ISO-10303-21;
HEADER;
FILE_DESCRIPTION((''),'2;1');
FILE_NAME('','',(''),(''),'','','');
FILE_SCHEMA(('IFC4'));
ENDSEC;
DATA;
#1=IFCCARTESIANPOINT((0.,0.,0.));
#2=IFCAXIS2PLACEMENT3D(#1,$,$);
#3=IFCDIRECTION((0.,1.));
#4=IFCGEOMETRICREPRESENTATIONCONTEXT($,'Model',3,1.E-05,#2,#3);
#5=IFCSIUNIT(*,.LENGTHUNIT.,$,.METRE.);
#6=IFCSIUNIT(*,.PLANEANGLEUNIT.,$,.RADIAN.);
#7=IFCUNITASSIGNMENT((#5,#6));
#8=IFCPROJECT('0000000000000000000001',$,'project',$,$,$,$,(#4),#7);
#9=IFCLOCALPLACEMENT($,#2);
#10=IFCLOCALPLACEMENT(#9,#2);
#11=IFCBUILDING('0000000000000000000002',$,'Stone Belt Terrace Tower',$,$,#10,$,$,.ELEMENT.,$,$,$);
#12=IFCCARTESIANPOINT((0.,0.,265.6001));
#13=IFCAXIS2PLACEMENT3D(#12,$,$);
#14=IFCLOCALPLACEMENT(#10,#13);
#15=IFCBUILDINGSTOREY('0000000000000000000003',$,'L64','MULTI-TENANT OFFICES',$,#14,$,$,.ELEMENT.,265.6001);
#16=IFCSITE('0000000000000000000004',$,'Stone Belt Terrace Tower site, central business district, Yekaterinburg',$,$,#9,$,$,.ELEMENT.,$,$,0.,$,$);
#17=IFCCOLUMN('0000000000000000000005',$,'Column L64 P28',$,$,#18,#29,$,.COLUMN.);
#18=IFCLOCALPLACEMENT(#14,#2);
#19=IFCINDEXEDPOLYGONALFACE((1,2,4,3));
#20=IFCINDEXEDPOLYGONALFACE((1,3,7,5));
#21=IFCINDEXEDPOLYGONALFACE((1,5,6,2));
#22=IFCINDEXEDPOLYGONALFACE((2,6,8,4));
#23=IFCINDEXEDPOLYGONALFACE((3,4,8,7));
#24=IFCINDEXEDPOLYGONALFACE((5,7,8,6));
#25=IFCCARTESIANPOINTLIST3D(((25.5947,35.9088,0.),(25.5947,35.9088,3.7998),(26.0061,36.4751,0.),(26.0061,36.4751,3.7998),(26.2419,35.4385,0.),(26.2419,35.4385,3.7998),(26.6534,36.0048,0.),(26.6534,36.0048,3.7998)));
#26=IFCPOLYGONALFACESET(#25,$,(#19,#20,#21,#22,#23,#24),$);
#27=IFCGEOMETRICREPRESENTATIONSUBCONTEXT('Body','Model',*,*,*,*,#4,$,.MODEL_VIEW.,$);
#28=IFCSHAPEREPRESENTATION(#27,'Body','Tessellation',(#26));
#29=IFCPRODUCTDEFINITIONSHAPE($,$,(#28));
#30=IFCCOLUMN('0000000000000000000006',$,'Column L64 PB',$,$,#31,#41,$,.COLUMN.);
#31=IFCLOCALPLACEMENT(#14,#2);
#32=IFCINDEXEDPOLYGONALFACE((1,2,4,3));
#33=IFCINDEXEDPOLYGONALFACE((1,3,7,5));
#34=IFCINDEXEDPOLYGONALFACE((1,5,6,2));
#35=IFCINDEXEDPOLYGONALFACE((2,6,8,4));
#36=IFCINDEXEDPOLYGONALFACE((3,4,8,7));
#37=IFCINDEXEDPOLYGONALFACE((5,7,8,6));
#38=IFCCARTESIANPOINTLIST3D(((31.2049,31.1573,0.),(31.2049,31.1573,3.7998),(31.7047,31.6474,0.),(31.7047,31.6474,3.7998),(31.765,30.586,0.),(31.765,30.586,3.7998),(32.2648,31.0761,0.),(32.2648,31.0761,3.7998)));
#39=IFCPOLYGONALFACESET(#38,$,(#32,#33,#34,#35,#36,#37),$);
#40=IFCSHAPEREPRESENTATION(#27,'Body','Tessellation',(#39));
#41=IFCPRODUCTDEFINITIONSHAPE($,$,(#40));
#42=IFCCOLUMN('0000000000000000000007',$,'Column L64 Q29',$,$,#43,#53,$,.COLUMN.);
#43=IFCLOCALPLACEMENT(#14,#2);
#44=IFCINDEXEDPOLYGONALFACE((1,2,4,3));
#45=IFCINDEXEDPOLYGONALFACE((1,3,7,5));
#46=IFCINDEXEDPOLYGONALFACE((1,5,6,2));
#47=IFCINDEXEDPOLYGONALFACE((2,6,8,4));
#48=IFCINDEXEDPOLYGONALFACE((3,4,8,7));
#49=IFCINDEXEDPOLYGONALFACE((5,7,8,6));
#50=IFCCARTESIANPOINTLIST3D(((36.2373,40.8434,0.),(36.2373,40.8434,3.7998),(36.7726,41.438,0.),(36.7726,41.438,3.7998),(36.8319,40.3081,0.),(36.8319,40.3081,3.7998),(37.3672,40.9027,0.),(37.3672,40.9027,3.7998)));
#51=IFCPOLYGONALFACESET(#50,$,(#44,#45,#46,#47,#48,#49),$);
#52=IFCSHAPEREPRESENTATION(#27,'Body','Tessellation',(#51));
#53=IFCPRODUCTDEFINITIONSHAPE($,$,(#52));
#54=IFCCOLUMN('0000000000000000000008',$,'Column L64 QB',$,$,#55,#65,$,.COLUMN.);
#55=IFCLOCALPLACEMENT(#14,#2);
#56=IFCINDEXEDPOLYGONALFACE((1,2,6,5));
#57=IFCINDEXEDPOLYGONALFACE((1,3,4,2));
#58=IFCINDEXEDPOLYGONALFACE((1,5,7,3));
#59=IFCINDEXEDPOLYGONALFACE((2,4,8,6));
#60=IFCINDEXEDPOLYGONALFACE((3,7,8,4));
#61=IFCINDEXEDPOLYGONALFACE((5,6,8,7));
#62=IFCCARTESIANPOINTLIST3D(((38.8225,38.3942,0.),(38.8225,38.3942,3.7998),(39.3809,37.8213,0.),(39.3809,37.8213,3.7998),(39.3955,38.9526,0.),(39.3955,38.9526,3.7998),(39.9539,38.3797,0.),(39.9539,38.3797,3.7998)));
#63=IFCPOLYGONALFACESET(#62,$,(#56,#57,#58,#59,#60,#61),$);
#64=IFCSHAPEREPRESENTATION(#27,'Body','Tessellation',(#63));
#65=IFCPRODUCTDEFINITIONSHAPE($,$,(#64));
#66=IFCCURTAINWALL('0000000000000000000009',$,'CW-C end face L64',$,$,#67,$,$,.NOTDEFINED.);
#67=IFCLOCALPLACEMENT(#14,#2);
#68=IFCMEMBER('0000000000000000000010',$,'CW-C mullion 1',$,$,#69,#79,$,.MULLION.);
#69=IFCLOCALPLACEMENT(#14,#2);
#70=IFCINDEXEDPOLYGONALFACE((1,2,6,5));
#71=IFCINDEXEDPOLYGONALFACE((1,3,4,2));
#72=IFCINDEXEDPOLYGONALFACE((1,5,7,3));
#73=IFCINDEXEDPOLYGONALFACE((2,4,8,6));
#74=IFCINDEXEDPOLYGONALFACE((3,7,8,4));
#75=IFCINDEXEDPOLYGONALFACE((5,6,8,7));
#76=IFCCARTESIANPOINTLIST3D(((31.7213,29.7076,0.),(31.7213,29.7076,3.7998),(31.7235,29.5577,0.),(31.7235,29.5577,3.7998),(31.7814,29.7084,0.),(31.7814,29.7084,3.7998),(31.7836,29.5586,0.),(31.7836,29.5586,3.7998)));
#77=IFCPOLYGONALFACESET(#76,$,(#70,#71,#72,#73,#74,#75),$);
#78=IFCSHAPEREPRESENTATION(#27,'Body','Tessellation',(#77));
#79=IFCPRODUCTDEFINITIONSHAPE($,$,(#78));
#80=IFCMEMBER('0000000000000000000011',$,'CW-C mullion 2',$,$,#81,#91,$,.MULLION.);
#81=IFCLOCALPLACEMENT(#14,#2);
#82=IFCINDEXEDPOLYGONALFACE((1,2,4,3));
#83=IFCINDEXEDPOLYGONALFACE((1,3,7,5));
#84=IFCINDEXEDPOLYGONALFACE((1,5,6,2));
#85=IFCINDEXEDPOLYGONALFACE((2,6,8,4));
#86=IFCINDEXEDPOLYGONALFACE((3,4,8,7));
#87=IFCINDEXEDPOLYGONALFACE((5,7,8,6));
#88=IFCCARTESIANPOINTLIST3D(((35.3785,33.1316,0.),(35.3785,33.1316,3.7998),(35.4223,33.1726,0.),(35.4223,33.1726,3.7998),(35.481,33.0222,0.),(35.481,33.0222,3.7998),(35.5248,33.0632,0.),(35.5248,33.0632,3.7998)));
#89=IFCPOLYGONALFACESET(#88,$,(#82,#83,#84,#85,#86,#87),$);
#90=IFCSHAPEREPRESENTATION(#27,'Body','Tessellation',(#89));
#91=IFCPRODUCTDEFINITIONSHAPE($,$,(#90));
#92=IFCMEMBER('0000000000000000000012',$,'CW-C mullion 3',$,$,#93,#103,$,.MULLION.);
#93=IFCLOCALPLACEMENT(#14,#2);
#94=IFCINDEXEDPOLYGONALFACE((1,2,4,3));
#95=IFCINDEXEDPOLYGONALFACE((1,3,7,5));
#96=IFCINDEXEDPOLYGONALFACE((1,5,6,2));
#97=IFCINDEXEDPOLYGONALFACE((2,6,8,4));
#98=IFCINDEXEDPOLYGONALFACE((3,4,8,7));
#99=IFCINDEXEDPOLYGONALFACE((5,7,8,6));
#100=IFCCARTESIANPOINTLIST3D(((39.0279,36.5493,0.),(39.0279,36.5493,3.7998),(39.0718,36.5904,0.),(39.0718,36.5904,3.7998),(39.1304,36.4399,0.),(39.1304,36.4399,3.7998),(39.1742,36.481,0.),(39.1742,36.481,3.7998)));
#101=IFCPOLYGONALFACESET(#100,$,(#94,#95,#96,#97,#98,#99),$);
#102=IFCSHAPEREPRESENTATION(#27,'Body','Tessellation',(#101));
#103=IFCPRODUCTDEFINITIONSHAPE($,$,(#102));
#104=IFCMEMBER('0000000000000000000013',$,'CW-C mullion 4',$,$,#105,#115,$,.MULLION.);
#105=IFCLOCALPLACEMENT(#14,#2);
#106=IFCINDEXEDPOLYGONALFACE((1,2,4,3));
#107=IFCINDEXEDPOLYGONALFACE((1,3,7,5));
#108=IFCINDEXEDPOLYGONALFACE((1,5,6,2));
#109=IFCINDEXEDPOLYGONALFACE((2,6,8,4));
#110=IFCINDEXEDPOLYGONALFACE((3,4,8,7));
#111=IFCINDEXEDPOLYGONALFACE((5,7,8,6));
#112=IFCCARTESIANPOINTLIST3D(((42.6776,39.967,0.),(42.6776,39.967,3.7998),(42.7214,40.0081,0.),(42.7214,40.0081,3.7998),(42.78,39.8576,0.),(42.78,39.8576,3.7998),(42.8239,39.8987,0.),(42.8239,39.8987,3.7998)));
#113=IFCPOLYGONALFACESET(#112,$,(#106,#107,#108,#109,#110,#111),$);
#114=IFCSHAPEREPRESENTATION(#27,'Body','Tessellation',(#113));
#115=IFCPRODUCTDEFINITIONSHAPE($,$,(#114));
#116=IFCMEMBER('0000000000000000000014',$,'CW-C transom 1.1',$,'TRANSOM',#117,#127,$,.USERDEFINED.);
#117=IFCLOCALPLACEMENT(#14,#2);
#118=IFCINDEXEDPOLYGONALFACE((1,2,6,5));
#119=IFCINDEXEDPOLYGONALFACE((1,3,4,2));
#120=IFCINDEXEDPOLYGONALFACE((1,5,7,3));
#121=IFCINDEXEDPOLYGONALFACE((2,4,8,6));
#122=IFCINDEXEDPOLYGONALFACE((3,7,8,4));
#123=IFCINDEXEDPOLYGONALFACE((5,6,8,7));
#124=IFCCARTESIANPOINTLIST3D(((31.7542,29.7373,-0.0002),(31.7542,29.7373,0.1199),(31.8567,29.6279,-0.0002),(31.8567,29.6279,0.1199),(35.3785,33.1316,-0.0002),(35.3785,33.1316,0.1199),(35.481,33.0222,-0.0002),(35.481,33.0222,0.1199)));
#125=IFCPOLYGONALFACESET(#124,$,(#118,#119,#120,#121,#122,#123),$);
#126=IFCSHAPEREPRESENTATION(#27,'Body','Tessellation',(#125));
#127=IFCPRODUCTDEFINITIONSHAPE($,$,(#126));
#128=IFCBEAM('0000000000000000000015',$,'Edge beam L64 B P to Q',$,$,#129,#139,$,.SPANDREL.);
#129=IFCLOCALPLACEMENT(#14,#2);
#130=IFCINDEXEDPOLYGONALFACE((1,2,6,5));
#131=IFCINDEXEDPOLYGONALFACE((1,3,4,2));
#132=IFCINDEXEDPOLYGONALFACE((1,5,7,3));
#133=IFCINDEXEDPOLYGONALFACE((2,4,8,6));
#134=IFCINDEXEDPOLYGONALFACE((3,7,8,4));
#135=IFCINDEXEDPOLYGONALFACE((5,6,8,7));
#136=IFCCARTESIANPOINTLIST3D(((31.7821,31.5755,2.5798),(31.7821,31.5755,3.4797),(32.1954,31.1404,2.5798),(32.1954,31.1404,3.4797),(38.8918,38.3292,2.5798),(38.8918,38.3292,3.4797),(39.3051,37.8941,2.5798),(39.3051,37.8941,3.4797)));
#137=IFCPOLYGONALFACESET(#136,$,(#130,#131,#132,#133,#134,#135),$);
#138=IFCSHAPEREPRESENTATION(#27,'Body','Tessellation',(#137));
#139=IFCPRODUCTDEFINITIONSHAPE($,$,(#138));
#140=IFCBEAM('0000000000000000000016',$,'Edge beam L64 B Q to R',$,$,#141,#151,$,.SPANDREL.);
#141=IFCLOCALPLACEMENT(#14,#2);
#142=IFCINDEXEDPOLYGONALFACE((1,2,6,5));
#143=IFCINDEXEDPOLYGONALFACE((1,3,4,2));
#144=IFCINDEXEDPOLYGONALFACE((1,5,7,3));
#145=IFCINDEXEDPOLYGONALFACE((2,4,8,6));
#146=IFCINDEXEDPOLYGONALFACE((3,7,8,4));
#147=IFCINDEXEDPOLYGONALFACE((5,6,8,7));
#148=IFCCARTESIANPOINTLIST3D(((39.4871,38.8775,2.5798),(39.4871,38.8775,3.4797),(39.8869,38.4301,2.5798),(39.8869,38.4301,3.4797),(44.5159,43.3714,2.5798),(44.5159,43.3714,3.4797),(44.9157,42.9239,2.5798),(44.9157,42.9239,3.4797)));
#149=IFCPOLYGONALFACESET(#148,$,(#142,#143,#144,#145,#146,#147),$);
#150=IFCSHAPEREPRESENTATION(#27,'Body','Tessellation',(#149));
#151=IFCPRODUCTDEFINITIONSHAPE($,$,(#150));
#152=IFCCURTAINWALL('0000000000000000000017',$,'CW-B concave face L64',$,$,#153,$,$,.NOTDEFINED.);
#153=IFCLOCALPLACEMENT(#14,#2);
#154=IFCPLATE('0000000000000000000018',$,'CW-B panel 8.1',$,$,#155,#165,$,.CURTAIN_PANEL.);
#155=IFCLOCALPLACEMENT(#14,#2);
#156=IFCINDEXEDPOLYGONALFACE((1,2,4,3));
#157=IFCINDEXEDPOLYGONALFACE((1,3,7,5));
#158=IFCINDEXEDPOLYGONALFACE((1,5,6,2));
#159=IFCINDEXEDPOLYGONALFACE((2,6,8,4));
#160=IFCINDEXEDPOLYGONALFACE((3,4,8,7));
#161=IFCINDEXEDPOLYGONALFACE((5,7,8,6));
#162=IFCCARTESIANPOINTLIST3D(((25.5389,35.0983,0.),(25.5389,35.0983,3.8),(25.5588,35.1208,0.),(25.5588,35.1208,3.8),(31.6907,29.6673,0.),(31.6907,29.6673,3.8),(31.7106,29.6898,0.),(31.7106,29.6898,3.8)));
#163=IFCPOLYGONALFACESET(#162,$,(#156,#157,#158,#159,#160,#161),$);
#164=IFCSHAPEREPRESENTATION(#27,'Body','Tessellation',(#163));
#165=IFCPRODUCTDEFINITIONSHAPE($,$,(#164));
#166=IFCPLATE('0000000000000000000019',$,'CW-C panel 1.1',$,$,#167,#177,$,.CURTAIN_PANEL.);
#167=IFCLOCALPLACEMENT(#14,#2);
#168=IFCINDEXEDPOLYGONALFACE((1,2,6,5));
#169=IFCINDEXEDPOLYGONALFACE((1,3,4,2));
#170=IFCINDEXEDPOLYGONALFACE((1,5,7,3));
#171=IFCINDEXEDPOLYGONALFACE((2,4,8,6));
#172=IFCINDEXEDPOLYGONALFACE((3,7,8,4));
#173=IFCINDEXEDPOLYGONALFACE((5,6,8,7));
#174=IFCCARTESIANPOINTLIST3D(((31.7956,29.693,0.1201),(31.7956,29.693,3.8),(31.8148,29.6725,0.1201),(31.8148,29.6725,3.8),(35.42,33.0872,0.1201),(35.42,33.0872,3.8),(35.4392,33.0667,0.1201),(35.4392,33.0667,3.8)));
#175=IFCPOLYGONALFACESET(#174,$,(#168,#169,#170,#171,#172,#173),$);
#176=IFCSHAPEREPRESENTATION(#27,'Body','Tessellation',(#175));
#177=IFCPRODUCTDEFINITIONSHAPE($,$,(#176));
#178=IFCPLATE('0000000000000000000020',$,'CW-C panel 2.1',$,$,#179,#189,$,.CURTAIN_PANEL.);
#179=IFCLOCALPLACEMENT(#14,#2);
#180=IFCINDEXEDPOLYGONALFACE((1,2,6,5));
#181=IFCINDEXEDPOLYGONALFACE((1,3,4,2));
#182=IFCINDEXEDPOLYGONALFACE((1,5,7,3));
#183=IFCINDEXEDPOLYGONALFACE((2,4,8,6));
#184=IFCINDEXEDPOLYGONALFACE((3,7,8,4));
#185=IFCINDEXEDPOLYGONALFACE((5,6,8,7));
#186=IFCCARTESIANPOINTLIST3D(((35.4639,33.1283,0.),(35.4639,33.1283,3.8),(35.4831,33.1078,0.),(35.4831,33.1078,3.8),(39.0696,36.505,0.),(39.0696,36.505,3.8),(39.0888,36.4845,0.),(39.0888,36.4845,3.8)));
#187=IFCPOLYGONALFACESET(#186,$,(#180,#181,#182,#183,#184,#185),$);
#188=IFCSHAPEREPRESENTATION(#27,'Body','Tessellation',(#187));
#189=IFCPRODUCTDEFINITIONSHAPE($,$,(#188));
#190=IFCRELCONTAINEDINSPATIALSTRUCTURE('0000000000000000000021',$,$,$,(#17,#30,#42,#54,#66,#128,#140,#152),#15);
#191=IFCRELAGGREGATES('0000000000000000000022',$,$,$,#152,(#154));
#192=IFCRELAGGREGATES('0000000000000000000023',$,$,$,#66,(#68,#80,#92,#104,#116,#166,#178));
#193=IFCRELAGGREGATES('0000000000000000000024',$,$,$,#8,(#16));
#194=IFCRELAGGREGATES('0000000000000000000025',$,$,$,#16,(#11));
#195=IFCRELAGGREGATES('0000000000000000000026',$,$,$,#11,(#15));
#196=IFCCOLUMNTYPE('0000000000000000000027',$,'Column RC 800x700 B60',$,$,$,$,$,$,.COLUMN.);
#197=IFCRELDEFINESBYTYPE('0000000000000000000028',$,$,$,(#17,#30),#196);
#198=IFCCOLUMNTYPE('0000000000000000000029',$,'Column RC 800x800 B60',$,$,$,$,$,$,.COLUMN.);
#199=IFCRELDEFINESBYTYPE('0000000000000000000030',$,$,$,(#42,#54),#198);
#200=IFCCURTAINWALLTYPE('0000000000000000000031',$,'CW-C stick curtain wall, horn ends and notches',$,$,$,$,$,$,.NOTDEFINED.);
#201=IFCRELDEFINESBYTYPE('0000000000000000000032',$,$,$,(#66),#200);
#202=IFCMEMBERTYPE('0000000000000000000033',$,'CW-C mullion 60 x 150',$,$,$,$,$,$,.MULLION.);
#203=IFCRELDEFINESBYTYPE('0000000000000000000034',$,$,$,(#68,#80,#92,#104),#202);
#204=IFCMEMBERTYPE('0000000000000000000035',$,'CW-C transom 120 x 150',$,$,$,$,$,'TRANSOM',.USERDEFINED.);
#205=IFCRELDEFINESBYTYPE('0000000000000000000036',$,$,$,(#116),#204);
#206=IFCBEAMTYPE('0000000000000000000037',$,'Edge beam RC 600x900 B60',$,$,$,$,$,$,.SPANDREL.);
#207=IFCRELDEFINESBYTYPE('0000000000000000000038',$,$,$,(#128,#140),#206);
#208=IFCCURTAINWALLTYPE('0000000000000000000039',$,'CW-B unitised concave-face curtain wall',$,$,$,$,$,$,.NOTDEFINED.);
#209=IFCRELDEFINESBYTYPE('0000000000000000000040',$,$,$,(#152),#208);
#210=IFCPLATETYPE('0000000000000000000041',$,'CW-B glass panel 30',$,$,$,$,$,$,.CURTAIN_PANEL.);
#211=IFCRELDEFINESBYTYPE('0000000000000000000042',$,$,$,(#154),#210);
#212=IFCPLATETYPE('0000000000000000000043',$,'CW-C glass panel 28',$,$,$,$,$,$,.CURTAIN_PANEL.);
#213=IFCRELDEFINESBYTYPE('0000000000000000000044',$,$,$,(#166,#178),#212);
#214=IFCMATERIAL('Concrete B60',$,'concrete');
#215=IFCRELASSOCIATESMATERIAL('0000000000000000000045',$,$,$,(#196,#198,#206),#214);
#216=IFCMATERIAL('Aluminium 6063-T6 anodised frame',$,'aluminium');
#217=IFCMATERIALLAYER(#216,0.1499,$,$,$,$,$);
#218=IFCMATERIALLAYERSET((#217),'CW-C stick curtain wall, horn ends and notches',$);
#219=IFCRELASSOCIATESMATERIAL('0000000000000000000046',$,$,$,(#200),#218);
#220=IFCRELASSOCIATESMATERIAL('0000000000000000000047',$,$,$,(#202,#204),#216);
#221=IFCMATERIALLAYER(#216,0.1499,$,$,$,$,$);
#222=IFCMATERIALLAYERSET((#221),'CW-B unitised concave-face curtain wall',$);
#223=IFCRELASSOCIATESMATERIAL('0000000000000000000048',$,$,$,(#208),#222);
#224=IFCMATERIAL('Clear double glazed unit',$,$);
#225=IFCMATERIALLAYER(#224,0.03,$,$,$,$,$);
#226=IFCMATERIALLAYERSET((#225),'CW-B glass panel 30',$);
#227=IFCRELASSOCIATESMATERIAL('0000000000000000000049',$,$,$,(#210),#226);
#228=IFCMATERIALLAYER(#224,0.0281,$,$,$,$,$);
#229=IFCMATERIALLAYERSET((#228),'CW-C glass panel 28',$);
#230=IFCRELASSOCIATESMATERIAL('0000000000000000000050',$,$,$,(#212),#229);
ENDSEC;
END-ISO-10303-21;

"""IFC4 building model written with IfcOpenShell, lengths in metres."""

from ifc_helpers import new_model, si_unit, direction, frame, origin, origin_2d, place, context, subcontext, project, spatial, rectangle, extrude, material, layer, layer_set, material_profile, profile_set, type_object, element, aggregate, save


model = new_model("IFC4")

# Units and contexts
model_context = context("Model", 3, precision=1e-05, world=origin(), true_north=direction((0.0, 1.0)))
body_context = subcontext(model_context, "Body", "Model", "MODEL_VIEW")
ifc_project = project(units=[si_unit("LENGTHUNIT", "METRE"), si_unit("PLANEANGLEUNIT", "RADIAN")], contexts=[model_context])

# Site, building, storey
site_placement = place(None, origin())
site = spatial("IfcSite", under=ifc_project, at=site_placement, Name="Stone Belt Terrace Tower site, central business district, Yekaterinburg", CompositionType="ELEMENT", RefElevation=0.0)
building_placement = place(site_placement, origin())
building = spatial("IfcBuilding", under=site, at=building_placement, Name="Stone Belt Terrace Tower", CompositionType="ELEMENT")
storey_placement = place(building_placement, frame((0.0, 0.0, 265.6001)))
storey = spatial("IfcBuildingStorey", under=building, at=storey_placement, Name="L64", Description="MULTI-TENANT OFFICES", CompositionType="ELEMENT", Elevation=265.6001)

# Columns
ifc_material_1 = material(Name="Concrete B60", Category="concrete")
ifc_material_profile_1 = material_profile(ifc_material_1, rectangle(XDim=0.8, YDim=0.7, at=origin_2d()), Name="RC 800x700")
ifc_profile_set_1 = profile_set([ifc_material_profile_1], Name="Concrete B60")
column_type_1 = type_object("IfcColumnType", Name="Column RC 800x700 B60", PredefinedType="COLUMN", material=ifc_profile_set_1)
for number, where, z_axis, x_axis, name in (
    (1, (26.124, 35.9568, 0.0), (0.0, 0.0, 1.0), (0.809017, -0.587785, 0.0), "Column L64 P28"),
    (2, (31.7349, 31.1167, 0.0), (0.0, 0.0, 1.0), (0.70012, -0.714026, 0.0), "Column L64 PB"),
):
    element("IfcColumn", number, at=place(storey_placement, frame(where, z_axis=z_axis, x_axis=x_axis)), inside=storey, type_object=column_type_1, Name=name, PredefinedType="COLUMN", context=body_context, shape_type="SweptSolid", body=[
        extrude(rectangle(XDim=0.8, YDim=0.7, at=origin_2d()), origin(), (0.0, 0.0, 1.0), 3.7998),
    ])
ifc_material_profile_2 = material_profile(ifc_material_1, rectangle(XDim=0.8, YDim=0.8, at=origin_2d()), Name="RC 800x800")
ifc_profile_set_2 = profile_set([ifc_material_profile_2], Name="Concrete B60")
column_type_2 = type_object("IfcColumnType", Name="Column RC 800x800 B60", PredefinedType="COLUMN", material=ifc_profile_set_2)
for number, where, z_axis, x_axis, name in (
    (3, (36.8022, 40.873, 0.0), (0.0, 0.0, 1.0), (0.743145, -0.669131, 0.0), "Column L64 Q29"),
    (4, (39.3882, 38.387, 0.0), (0.0, 0.0, 1.0), (0.697944, -0.716152, 0.0), "Column L64 QB"),
):
    element("IfcColumn", number, at=place(storey_placement, frame(where, z_axis=z_axis, x_axis=x_axis)), inside=storey, type_object=column_type_2, Name=name, PredefinedType="COLUMN", context=body_context, shape_type="SweptSolid", body=[
        extrude(rectangle(XDim=0.8, YDim=0.8, at=origin_2d()), origin(), (0.0, 0.0, 1.0), 3.7998),
    ])

# Curtain wall, members
ifc_material_2 = material(Name="Aluminium 6063-T6 anodised frame", Category="aluminium")
ifc_layer_1 = layer(ifc_material_2, 0.1499)
ifc_layer_set_1 = layer_set([ifc_layer_1], Name="CW-C stick curtain wall, horn ends and notches")
curtain_wall_type_1 = type_object("IfcCurtainWallType", Name="CW-C stick curtain wall, horn ends and notches", PredefinedType="NOTDEFINED", material=ifc_layer_set_1)
curtain_wall_1_placement = place(storey_placement, origin())
curtain_wall_1 = element("IfcCurtainWall", 5, at=curtain_wall_1_placement, inside=storey, type_object=curtain_wall_type_1, Name="CW-C end face L64", PredefinedType="NOTDEFINED")
ifc_material_profile_3 = material_profile(ifc_material_2, rectangle(XDim=0.1499, YDim=0.0601, at=origin_2d()), Name="Aluminium 6063-T6 60x150")
ifc_profile_set_3 = profile_set([ifc_material_profile_3], Name="Aluminium 6063-T6 anodised frame")
member_type_1 = type_object("IfcMemberType", Name="CW-C mullion 60 x 150", PredefinedType="MULLION", material=ifc_profile_set_3)
member_1_placement = place(storey_placement, frame((31.7524, 29.6331, 0.0), z_axis=(0.0, 0.0, 1.0), x_axis=(-0.014682, 0.999892, 0.0)))
member_1 = element("IfcMember", 6, at=member_1_placement, type_object=member_type_1, Name="CW-C mullion 1", PredefinedType="MULLION", context=body_context, shape_type="SweptSolid", body=[
    extrude(rectangle(XDim=0.1499, YDim=0.0601, at=origin_2d()), origin(), (0.0, 0.0, 1.0), 3.7998),
])
member_2_placement = place(storey_placement, frame((35.4517, 33.0974, 0.0), z_axis=(0.0, 0.0, 1.0), x_axis=(-0.683549, 0.729904, 0.0)))
member_2 = element("IfcMember", 7, at=member_2_placement, type_object=member_type_1, Name="CW-C mullion 2", PredefinedType="MULLION", context=body_context, shape_type="SweptSolid", body=[
    extrude(rectangle(XDim=0.1499, YDim=0.0601, at=origin_2d()), origin(), (0.0, 0.0, 1.0), 3.7998),
])
member_3_placement = place(storey_placement, frame((39.1011, 36.5151, 0.0), z_axis=(0.0, 0.0, 1.0), x_axis=(-0.683549, 0.729904, 0.0)))
member_3 = element("IfcMember", 8, at=member_3_placement, type_object=member_type_1, Name="CW-C mullion 3", PredefinedType="MULLION", context=body_context, shape_type="SweptSolid", body=[
    extrude(rectangle(XDim=0.1499, YDim=0.0601, at=origin_2d()), origin(), (0.0, 0.0, 1.0), 3.7998),
])
member_4_placement = place(storey_placement, frame((42.7507, 39.9329, 0.0), z_axis=(0.0, 0.0, 1.0), x_axis=(-0.683549, 0.729904, 0.0)))
member_4 = element("IfcMember", 9, at=member_4_placement, type_object=member_type_1, Name="CW-C mullion 4", PredefinedType="MULLION", context=body_context, shape_type="SweptSolid", body=[
    extrude(rectangle(XDim=0.1499, YDim=0.0601, at=origin_2d()), origin(), (0.0, 0.0, 1.0), 3.7998),
])
ifc_material_profile_4 = material_profile(ifc_material_2, rectangle(XDim=0.1499, YDim=0.1201, at=origin_2d()), Name="Aluminium 6063-T6 150x120")
ifc_profile_set_4 = profile_set([ifc_material_profile_4], Name="Aluminium 6063-T6 anodised frame")
member_type_2 = type_object("IfcMemberType", Name="CW-C transom 120 x 150", ElementType="TRANSOM", PredefinedType="USERDEFINED", material=ifc_profile_set_4)
member_5_placement = place(storey_placement, frame((31.8054, 29.6826, 0.0598), z_axis=(0.729885, 0.68357, 0.0), x_axis=(-0.68357, 0.729885, 0.0)))
member_5 = element("IfcMember", 10, at=member_5_placement, type_object=member_type_2, Name="CW-C transom 1.1", ObjectType="TRANSOM", PredefinedType="USERDEFINED", context=body_context, shape_type="SweptSolid", body=[
    extrude(rectangle(XDim=0.1499, YDim=0.1201, at=origin_2d()), origin(), (0.0, 0.0, 1.0), 4.9656),
])

# Beams
ifc_material_profile_5 = material_profile(ifc_material_1, rectangle(XDim=0.6001, YDim=0.8999, at=origin_2d()), Name="RC 600x900")
ifc_profile_set_5 = profile_set([ifc_material_profile_5], Name="Concrete B60")
beam_type = type_object("IfcBeamType", Name="Edge beam RC 600x900 B60", PredefinedType="SPANDREL", material=ifc_profile_set_5)
beam_1_placement = place(storey_placement, frame((31.9888, 31.3579, 3.0298), z_axis=(0.725024, 0.688724, 0.0), x_axis=(-0.688724, 0.725024, 0.0)))
element("IfcBeam", 11, at=beam_1_placement, inside=storey, type_object=beam_type, Name="Edge beam L64 B P to Q", PredefinedType="SPANDREL", context=body_context, shape_type="SweptSolid", body=[
    extrude(rectangle(XDim=0.6001, YDim=0.8999, at=origin_2d()), origin(), (0.0, 0.0, 1.0), 9.8062),
])
beam_2_placement = place(storey_placement, frame((39.687, 38.6538, 3.0298), z_axis=(0.745651, 0.666337, 0.0), x_axis=(-0.666337, 0.745651, 0.0)))
element("IfcBeam", 12, at=beam_2_placement, inside=storey, type_object=beam_type, Name="Edge beam L64 B Q to R", PredefinedType="SPANDREL", context=body_context, shape_type="SweptSolid", body=[
    extrude(rectangle(XDim=0.6001, YDim=0.8999, at=origin_2d()), origin(), (0.0, 0.0, 1.0), 6.7441),
])

# Curtain wall, plate
ifc_layer_2 = layer(ifc_material_2, 0.1499)
ifc_layer_set_2 = layer_set([ifc_layer_2], Name="CW-B unitised concave-face curtain wall")
curtain_wall_type_2 = type_object("IfcCurtainWallType", Name="CW-B unitised concave-face curtain wall", PredefinedType="NOTDEFINED", material=ifc_layer_set_2)
curtain_wall_2_placement = place(storey_placement, origin())
curtain_wall_2 = element("IfcCurtainWall", 13, at=curtain_wall_2_placement, inside=storey, type_object=curtain_wall_type_2, Name="CW-B concave face L64", PredefinedType="NOTDEFINED")
ifc_material_3 = material(Name="Clear double glazed unit")
ifc_layer_3 = layer(ifc_material_3, 0.03)
ifc_layer_set_3 = layer_set([ifc_layer_3], Name="CW-B glass panel 30")
plate_type_1 = type_object("IfcPlateType", Name="CW-B glass panel 30", PredefinedType="CURTAIN_PANEL", material=ifc_layer_set_3)
plate_1_placement = place(storey_placement, frame((28.6248, 32.394, 0.0), z_axis=(0.0, 0.0, 1.0), x_axis=(0.749659, -0.661825, 0.0)))
plate_1 = element("IfcPlate", 14, at=plate_1_placement, type_object=plate_type_1, Name="CW-B panel 8.1", PredefinedType="CURTAIN_PANEL", context=body_context, shape_type="SweptSolid", body=[
    extrude(rectangle(XDim=8.2061, YDim=0.03, at=origin_2d()), origin(), (0.0, 0.0, 1.0), 3.8),
])
aggregate(curtain_wall_2, [plate_1])

# Plates
ifc_layer_4 = layer(ifc_material_3, 0.0281)
ifc_layer_set_4 = layer_set([ifc_layer_4], Name="CW-C glass panel 28")
plate_type_2 = type_object("IfcPlateType", Name="CW-C glass panel 28", PredefinedType="CURTAIN_PANEL", material=ifc_layer_set_4)
plate_2_placement = place(storey_placement, frame((33.6174, 31.3799, 0.1201), z_axis=(0.0, 0.0, 1.0), x_axis=(0.729904, 0.683549, 0.0)))
plate_2 = element("IfcPlate", 15, at=plate_2_placement, type_object=plate_type_2, Name="CW-C panel 1.1", PredefinedType="CURTAIN_PANEL", context=body_context, shape_type="SweptSolid", body=[
    extrude(rectangle(XDim=4.9656, YDim=0.0281, at=origin_2d()), origin(), (0.0, 0.0, 1.0), 3.6799),
])
plate_3_placement = place(storey_placement, frame((37.2764, 34.8064, 0.0), z_axis=(0.0, 0.0, 1.0), x_axis=(0.729904, 0.683549, 0.0)))
plate_3 = element("IfcPlate", 16, at=plate_3_placement, type_object=plate_type_2, Name="CW-C panel 2.1", PredefinedType="CURTAIN_PANEL", context=body_context, shape_type="SweptSolid", body=[
    extrude(rectangle(XDim=4.9399, YDim=0.0281, at=origin_2d()), origin(), (0.0, 0.0, 1.0), 3.8),
])
aggregate(curtain_wall_1, [member_1, member_2, member_3, member_4, member_5, plate_2, plate_3])

save(model, "model.ifc")
